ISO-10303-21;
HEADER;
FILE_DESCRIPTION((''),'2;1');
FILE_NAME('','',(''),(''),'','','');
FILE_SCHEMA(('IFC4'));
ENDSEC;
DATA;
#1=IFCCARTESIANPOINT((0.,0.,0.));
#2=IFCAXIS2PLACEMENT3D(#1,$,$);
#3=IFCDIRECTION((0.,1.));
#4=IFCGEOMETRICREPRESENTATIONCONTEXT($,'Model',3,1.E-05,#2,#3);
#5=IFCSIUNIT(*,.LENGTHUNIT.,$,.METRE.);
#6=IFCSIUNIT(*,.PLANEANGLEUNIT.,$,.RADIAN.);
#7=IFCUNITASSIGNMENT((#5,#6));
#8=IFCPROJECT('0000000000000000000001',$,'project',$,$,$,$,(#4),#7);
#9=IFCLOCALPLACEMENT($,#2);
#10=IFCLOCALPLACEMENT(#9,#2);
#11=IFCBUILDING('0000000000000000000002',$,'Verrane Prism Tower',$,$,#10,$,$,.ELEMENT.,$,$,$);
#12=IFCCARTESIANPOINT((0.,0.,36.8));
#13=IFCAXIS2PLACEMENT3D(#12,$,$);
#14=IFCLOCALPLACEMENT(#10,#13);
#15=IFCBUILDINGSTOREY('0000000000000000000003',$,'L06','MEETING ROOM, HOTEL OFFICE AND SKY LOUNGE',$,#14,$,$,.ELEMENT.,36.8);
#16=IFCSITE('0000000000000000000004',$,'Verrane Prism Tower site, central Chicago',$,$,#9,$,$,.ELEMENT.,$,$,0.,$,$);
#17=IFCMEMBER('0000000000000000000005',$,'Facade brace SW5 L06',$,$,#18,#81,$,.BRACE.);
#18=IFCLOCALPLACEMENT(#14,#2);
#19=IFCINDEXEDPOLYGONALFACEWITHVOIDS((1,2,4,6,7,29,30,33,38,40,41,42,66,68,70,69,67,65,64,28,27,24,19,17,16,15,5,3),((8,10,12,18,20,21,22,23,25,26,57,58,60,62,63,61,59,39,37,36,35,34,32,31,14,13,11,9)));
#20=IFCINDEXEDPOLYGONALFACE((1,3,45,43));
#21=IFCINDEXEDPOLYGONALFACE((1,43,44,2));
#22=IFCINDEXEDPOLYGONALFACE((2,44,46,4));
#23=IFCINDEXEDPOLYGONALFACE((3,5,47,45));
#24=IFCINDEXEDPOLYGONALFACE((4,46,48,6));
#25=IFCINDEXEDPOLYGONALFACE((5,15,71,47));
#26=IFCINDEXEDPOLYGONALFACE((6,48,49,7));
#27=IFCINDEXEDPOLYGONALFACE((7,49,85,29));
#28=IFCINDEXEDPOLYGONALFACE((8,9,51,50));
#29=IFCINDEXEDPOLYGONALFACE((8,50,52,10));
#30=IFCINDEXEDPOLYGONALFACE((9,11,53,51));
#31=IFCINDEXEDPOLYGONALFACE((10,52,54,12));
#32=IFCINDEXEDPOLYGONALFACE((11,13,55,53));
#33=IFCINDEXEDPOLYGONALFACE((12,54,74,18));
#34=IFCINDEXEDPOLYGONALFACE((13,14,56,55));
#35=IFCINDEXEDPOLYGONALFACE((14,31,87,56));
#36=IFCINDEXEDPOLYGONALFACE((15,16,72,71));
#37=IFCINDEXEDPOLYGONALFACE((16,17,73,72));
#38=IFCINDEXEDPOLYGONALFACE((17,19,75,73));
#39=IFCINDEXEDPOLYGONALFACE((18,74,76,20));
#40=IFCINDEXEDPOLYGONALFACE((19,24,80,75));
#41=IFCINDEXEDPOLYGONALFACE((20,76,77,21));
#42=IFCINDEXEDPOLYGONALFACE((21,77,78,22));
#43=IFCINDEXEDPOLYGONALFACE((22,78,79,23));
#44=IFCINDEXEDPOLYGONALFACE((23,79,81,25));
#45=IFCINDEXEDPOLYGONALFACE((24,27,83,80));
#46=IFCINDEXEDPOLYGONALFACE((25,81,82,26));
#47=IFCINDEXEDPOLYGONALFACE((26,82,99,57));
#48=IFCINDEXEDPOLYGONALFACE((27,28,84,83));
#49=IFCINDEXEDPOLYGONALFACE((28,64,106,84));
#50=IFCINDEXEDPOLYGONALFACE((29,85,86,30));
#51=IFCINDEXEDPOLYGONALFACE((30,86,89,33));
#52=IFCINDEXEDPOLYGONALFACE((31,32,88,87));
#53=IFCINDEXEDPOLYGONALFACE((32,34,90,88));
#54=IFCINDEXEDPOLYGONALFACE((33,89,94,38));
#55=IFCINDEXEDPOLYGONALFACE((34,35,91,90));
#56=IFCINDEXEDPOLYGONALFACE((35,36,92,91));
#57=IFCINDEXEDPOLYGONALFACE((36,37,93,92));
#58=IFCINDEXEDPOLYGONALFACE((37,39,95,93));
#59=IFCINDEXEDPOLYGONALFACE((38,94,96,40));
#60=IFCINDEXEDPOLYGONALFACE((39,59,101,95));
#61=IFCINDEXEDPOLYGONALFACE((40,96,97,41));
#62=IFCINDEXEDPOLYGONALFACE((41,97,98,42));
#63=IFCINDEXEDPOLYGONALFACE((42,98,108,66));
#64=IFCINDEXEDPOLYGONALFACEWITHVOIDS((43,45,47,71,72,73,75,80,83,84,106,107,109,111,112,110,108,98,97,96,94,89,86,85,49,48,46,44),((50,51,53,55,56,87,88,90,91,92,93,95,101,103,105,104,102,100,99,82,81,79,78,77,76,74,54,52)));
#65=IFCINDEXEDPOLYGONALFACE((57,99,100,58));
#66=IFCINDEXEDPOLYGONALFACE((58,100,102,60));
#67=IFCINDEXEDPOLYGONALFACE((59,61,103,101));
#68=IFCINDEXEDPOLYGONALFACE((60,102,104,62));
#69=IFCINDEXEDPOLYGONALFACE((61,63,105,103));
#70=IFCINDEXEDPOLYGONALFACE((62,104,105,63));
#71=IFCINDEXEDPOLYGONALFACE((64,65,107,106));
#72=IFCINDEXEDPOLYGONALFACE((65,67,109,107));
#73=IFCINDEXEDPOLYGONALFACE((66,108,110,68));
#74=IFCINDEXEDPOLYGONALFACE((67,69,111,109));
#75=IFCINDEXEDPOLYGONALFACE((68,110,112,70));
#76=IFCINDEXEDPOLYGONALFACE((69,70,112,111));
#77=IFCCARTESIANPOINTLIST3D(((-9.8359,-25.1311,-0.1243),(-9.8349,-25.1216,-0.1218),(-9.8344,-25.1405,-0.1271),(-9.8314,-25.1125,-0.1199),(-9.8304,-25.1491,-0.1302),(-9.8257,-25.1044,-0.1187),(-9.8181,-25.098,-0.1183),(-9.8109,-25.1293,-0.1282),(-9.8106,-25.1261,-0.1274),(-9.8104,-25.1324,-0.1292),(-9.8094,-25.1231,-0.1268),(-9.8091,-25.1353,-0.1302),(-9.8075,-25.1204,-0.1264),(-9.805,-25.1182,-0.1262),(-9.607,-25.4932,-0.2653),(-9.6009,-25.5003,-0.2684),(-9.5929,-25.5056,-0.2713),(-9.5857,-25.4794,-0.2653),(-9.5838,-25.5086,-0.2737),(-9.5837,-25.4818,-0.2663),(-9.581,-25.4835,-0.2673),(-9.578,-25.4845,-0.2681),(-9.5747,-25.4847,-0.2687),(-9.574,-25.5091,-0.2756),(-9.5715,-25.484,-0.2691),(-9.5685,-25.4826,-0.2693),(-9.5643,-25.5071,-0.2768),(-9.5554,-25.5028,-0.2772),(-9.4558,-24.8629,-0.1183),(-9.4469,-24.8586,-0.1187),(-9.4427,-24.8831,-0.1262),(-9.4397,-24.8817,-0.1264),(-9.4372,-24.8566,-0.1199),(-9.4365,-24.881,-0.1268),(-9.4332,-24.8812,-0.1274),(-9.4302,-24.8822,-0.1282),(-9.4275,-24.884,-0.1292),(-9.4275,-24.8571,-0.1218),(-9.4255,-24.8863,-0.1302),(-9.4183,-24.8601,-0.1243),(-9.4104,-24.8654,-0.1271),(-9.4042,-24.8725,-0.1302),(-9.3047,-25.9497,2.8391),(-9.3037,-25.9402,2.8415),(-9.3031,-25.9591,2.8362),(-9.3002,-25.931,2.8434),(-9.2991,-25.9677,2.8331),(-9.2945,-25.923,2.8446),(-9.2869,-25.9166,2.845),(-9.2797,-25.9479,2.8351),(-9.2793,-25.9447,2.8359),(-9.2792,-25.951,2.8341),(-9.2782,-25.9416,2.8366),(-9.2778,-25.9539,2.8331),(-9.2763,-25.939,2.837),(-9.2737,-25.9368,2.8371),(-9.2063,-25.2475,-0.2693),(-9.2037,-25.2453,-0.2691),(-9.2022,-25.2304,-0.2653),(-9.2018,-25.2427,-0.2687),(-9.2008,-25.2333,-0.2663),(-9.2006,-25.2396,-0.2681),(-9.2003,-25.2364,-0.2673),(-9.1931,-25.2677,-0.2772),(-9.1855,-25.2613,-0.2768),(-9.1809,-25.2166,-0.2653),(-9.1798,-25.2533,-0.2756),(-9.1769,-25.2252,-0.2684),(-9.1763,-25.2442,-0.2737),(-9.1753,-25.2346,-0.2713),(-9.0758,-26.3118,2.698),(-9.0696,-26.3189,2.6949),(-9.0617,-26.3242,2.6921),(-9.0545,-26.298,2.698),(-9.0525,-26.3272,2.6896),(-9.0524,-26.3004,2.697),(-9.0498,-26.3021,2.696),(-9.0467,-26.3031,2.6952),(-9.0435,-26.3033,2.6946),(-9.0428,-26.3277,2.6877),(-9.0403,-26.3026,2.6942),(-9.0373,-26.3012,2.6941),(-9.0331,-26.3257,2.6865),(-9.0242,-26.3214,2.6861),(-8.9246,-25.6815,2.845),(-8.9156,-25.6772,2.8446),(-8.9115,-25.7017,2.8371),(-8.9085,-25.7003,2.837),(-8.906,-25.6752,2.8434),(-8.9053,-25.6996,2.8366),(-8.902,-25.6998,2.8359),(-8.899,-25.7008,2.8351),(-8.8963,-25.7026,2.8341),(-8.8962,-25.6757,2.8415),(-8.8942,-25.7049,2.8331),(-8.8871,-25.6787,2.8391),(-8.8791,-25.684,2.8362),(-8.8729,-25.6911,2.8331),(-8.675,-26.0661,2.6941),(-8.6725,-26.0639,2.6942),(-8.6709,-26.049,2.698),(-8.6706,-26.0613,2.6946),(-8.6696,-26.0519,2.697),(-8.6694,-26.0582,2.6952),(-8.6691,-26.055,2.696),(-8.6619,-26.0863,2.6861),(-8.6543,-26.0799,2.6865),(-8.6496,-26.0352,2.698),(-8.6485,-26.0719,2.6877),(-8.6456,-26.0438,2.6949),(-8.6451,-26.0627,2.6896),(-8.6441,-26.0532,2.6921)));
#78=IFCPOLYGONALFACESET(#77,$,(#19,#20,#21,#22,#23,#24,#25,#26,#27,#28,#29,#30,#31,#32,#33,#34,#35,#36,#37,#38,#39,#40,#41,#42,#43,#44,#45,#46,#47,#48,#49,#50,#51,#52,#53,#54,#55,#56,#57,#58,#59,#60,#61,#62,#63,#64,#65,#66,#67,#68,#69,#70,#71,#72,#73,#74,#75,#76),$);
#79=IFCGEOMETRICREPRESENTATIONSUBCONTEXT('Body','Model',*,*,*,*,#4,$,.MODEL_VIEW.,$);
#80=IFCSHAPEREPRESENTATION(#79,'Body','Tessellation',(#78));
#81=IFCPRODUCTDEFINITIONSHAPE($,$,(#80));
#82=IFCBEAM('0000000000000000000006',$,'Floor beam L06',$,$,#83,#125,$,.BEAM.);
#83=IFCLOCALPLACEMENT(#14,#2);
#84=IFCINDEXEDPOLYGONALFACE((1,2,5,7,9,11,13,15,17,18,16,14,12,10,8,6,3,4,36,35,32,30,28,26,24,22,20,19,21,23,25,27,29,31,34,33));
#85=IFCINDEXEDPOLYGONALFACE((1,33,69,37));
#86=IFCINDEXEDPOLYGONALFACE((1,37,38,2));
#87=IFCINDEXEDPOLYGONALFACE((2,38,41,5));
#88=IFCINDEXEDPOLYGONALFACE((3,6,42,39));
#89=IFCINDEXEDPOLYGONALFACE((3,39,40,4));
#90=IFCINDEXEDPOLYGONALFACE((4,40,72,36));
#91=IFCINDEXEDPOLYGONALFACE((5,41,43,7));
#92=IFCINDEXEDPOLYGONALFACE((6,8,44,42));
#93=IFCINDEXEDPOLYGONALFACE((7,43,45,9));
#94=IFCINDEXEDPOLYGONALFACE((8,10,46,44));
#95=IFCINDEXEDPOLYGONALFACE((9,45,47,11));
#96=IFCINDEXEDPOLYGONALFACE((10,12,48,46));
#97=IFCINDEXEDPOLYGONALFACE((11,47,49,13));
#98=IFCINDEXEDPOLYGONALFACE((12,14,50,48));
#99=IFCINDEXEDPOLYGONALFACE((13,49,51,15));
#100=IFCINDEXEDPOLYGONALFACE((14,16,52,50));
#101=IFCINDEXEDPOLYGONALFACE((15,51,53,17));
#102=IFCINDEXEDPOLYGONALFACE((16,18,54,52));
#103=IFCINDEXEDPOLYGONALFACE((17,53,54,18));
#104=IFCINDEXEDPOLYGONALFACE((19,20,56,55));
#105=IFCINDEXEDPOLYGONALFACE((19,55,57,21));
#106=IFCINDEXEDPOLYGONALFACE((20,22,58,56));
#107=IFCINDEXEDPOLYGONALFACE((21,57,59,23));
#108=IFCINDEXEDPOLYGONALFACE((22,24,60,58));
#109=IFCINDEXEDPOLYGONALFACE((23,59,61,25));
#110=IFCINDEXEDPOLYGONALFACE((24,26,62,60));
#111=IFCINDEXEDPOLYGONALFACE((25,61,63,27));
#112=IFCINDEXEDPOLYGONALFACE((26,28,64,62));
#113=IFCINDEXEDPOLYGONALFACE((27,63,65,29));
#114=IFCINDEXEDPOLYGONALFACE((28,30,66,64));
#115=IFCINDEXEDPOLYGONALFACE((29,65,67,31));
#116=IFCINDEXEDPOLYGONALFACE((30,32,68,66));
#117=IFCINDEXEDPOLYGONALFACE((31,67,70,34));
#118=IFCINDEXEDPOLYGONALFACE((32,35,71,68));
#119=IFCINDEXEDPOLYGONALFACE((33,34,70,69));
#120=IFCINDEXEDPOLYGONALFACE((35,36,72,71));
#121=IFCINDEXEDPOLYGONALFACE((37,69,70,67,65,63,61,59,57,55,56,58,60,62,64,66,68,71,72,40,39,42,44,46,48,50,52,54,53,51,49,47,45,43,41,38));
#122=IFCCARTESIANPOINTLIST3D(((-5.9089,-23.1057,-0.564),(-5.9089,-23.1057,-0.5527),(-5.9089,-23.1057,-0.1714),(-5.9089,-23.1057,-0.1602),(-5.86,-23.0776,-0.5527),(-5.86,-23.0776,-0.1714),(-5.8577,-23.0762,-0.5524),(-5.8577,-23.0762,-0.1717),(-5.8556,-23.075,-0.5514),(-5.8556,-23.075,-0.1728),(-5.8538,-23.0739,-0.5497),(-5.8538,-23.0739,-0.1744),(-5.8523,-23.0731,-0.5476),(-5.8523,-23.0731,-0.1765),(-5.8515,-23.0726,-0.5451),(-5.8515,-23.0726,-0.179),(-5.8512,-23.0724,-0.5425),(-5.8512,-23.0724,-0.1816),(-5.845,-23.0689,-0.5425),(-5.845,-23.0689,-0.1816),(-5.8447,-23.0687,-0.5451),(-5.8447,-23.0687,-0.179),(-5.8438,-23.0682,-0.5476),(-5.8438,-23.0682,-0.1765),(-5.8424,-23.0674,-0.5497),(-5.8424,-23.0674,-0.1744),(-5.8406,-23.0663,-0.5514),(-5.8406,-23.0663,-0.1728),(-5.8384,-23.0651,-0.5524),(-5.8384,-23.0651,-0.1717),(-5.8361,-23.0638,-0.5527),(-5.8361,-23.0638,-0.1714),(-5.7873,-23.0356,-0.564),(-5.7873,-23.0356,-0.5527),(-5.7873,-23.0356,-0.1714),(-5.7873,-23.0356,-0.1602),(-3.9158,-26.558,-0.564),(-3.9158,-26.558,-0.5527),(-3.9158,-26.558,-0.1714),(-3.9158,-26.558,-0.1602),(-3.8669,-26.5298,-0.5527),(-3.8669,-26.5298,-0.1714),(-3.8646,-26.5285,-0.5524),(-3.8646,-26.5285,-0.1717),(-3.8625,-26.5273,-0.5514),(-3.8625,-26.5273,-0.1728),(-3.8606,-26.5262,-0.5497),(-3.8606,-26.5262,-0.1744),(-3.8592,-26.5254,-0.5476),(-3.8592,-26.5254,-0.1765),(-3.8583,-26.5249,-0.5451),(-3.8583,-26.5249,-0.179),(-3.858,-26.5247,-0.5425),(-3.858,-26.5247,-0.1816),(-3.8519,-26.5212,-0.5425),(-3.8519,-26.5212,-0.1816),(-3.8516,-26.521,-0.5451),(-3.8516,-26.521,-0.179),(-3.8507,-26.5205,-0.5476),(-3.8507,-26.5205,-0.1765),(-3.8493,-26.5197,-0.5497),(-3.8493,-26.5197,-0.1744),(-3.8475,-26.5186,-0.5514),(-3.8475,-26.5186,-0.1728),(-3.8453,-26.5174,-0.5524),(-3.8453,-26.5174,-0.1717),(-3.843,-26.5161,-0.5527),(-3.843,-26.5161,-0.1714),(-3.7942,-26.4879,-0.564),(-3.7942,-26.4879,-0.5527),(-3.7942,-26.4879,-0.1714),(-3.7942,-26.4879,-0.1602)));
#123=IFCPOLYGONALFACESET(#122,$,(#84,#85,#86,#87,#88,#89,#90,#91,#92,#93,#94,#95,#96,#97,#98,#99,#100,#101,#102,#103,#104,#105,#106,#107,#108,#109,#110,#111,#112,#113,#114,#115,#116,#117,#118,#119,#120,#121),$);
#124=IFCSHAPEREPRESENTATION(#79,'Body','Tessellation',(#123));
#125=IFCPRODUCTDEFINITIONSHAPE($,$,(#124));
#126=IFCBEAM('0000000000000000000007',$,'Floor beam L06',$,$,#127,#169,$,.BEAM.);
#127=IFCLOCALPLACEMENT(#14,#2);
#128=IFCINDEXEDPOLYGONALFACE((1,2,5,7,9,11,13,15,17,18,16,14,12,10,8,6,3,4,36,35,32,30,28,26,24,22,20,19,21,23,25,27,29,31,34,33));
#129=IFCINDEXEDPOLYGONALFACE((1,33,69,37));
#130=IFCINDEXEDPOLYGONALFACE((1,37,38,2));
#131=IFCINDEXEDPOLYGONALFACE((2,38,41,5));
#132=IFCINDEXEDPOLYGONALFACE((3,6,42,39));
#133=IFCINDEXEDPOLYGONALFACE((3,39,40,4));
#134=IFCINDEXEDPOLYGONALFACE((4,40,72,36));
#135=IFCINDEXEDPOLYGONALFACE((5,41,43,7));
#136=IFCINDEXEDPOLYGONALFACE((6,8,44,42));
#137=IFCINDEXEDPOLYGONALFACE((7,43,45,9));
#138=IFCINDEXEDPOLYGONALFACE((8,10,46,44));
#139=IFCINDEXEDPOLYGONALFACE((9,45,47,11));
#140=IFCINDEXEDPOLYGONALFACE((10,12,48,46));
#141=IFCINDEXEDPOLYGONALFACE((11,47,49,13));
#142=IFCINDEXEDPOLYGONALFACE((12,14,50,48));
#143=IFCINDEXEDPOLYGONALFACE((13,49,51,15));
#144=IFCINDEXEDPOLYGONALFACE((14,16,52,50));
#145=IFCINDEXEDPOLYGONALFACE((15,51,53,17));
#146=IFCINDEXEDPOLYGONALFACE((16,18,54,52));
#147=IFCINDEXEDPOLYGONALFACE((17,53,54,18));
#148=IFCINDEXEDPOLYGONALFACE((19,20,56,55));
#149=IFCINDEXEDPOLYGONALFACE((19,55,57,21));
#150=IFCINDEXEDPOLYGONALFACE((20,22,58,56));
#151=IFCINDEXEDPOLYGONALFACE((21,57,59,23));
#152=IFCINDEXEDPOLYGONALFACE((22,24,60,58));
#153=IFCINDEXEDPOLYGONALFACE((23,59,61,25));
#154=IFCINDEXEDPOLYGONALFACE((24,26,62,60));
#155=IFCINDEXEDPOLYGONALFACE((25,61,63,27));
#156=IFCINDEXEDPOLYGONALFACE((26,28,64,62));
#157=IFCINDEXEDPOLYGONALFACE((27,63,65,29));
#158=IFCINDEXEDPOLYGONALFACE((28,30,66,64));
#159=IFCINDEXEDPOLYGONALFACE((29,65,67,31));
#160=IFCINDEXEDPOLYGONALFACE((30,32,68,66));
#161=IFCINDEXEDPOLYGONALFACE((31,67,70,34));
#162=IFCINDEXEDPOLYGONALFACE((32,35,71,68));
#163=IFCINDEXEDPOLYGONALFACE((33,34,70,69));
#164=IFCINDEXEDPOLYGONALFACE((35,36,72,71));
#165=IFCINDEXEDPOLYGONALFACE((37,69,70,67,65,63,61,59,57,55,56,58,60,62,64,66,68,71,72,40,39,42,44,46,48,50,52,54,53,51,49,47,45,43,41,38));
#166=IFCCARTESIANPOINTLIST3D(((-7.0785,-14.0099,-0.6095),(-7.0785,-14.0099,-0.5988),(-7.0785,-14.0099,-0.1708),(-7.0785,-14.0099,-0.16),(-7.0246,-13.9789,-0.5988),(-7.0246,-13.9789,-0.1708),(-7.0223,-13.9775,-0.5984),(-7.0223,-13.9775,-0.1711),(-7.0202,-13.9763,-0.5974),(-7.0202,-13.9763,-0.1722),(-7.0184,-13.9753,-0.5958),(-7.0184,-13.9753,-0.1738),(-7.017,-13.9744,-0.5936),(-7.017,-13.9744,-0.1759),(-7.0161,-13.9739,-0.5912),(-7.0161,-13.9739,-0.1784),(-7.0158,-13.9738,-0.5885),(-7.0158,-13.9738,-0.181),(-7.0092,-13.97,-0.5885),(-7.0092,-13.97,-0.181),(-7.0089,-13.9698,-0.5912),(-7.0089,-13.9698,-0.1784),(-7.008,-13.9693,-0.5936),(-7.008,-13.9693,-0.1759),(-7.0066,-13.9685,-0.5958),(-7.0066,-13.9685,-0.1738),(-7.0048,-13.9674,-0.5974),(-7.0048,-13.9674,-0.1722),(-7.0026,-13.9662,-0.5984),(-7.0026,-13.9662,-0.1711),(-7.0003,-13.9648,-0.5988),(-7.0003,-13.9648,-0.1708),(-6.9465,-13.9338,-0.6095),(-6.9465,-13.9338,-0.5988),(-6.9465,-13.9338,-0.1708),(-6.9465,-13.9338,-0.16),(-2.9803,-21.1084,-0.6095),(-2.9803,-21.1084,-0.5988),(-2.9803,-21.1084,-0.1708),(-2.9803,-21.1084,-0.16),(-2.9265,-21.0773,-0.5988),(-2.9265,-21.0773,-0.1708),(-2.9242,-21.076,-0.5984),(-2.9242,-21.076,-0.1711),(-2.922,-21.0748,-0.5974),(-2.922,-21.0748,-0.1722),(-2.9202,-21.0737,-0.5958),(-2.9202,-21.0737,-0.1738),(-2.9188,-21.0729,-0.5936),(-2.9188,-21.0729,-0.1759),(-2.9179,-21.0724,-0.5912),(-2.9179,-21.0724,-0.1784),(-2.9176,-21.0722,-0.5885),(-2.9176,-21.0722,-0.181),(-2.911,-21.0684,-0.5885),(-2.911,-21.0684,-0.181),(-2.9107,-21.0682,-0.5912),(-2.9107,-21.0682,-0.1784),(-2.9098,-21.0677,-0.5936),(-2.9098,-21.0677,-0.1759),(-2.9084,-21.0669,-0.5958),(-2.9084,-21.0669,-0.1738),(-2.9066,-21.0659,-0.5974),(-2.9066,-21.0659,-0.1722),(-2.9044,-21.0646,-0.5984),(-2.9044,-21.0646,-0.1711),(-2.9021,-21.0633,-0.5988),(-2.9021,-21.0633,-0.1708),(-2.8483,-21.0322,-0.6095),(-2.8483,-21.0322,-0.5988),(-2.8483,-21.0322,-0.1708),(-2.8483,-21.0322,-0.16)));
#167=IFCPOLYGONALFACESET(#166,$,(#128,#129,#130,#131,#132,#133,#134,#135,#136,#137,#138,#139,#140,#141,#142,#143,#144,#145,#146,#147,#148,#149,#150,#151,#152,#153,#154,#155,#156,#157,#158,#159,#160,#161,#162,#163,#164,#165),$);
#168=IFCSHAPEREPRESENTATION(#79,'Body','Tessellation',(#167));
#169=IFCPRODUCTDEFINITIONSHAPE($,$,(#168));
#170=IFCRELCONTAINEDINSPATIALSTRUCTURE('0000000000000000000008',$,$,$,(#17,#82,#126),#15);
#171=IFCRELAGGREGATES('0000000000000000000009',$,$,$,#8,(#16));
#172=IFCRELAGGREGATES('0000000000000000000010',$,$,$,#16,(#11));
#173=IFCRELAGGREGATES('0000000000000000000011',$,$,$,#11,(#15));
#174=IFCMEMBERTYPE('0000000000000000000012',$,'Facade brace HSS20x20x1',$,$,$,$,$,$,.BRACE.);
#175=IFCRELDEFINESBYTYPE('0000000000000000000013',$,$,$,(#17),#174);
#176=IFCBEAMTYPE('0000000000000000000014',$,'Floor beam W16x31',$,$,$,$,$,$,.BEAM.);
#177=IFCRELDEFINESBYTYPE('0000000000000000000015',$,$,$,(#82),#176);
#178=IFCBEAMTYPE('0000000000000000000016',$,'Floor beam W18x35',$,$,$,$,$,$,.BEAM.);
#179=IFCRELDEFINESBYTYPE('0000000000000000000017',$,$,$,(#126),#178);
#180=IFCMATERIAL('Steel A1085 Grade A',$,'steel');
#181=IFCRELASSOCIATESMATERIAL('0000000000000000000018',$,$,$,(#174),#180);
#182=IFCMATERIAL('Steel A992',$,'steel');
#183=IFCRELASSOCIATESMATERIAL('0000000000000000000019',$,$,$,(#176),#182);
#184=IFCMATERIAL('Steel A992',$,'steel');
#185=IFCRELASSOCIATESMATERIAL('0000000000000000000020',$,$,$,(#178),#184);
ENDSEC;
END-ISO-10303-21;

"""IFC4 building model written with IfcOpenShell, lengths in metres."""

from ifc_helpers import new_model, si_unit, direction, frame, origin, origin_2d, place, context, subcontext, project, spatial, hollow_rectangle, i_section, extrude, material, material_profile, profile_set, type_object, element, save


model = new_model("IFC4")

# Units and contexts
model_context = context("Model", 3, precision=1e-05, world=origin(), true_north=direction((0.0, 1.0)))
body_context = subcontext(model_context, "Body", "Model", "MODEL_VIEW")
ifc_project = project(units=[si_unit("LENGTHUNIT", "METRE"), si_unit("PLANEANGLEUNIT", "RADIAN")], contexts=[model_context])

# Site, building, storey
site_placement = place(None, origin())
site = spatial("IfcSite", under=ifc_project, at=site_placement, Name="Verrane Prism Tower site, central Chicago", CompositionType="ELEMENT", RefElevation=0.0)
building_placement = place(site_placement, origin())
building = spatial("IfcBuilding", under=site, at=building_placement, Name="Verrane Prism Tower", CompositionType="ELEMENT")
storey_placement = place(building_placement, frame((0.0, 0.0, 36.8)))
storey = spatial("IfcBuildingStorey", under=building, at=storey_placement, Name="L06", Description="MEETING ROOM, HOTEL OFFICE AND SKY LOUNGE", CompositionType="ELEMENT", Elevation=36.8)

# Member
ifc_material_1 = material(Name="Steel A1085 Grade A", Category="steel")
ifc_material_profile_1 = material_profile(ifc_material_1, hollow_rectangle(XDim=0.5081, YDim=0.5081, WallThickness=0.0254, InnerFilletRadius=0.0127, OuterFilletRadius=0.0381, at=origin_2d()), Name="HSS20x20x1")
ifc_profile_set_1 = profile_set([ifc_material_profile_1], Name="Steel A1085 Grade A")
member_type_1 = type_object("IfcMemberType", Name="Facade brace HSS20x20x1", PredefinedType="BRACE", material=ifc_profile_set_1)
member_1_placement = place(storey_placement, frame((-9.5056, -25.1829, -0.1978), z_axis=(0.170276, -0.262379, 0.949823), x_axis=(0.838838, 0.544381, 0.0)))
element("IfcMember", 1, at=member_1_placement, inside=storey, type_object=member_type_1, Name="Facade brace SW5 L06", PredefinedType="BRACE", context=body_context, shape_type="SweptSolid", body=[
    extrude(hollow_rectangle(XDim=0.5081, YDim=0.5081, WallThickness=0.0254, InnerFilletRadius=0.0127, OuterFilletRadius=0.0381, at=origin_2d()), origin(), (0.0, 0.0, 1.0), 3.1199),
])

# Beams
ifc_material_2 = material(Name="Steel A992", Category="steel")
ifc_material_profile_2 = material_profile(ifc_material_2, i_section(OverallWidth=0.1404, OverallDepth=0.4038, WebThickness=0.0071, FlangeThickness=0.0112, FilletRadius=0.0103, at=origin_2d()), Name="W16x31")
ifc_profile_set_2 = profile_set([ifc_material_profile_2], Name="Steel A992")
beam_type_1 = type_object("IfcBeamType", Name="Floor beam W16x31", PredefinedType="BEAM", material=ifc_profile_set_2)
beam_1_placement = place(storey_placement, frame((-3.855, -26.5229, -0.3621), z_axis=(-0.499986, 0.866034, 0.0), x_axis=(-0.866034, -0.499986, 0.0)))
element("IfcBeam", 2, at=beam_1_placement, inside=storey, type_object=beam_type_1, Name="Floor beam L06", PredefinedType="BEAM", context=body_context, shape_type="SweptSolid", body=[
    extrude(i_section(OverallWidth=0.1404, OverallDepth=0.4038, WebThickness=0.0071, FlangeThickness=0.0112, FilletRadius=0.0103, at=origin_2d()), origin(), (0.0, 0.0, 1.0), 3.9863),
])
ifc_material_3 = material(Name="Steel A992", Category="steel")
ifc_material_profile_3 = material_profile(ifc_material_3, i_section(OverallWidth=0.1523, OverallDepth=0.4495, WebThickness=0.0076, FlangeThickness=0.0107, FilletRadius=0.0103, at=origin_2d()), Name="W18x35")
ifc_profile_set_3 = profile_set([ifc_material_profile_3], Name="Steel A992")
beam_type_2 = type_object("IfcBeamType", Name="Floor beam W18x35", PredefinedType="BEAM", material=ifc_profile_set_3)
beam_2_placement = place(storey_placement, frame((-2.9143, -21.0703, -0.3848), z_axis=(-0.49999, 0.866031, 0.0), x_axis=(-0.866031, -0.49999, 0.0)))
element("IfcBeam", 3, at=beam_2_placement, inside=storey, type_object=beam_type_2, Name="Floor beam L06", PredefinedType="BEAM", context=body_context, shape_type="SweptSolid", body=[
    extrude(i_section(OverallWidth=0.1523, OverallDepth=0.4495, WebThickness=0.0076, FlangeThickness=0.0107, FilletRadius=0.0103, at=origin_2d()), origin(), (0.0, 0.0, 1.0), 8.1965),
])

save(model, "model.ifc")
